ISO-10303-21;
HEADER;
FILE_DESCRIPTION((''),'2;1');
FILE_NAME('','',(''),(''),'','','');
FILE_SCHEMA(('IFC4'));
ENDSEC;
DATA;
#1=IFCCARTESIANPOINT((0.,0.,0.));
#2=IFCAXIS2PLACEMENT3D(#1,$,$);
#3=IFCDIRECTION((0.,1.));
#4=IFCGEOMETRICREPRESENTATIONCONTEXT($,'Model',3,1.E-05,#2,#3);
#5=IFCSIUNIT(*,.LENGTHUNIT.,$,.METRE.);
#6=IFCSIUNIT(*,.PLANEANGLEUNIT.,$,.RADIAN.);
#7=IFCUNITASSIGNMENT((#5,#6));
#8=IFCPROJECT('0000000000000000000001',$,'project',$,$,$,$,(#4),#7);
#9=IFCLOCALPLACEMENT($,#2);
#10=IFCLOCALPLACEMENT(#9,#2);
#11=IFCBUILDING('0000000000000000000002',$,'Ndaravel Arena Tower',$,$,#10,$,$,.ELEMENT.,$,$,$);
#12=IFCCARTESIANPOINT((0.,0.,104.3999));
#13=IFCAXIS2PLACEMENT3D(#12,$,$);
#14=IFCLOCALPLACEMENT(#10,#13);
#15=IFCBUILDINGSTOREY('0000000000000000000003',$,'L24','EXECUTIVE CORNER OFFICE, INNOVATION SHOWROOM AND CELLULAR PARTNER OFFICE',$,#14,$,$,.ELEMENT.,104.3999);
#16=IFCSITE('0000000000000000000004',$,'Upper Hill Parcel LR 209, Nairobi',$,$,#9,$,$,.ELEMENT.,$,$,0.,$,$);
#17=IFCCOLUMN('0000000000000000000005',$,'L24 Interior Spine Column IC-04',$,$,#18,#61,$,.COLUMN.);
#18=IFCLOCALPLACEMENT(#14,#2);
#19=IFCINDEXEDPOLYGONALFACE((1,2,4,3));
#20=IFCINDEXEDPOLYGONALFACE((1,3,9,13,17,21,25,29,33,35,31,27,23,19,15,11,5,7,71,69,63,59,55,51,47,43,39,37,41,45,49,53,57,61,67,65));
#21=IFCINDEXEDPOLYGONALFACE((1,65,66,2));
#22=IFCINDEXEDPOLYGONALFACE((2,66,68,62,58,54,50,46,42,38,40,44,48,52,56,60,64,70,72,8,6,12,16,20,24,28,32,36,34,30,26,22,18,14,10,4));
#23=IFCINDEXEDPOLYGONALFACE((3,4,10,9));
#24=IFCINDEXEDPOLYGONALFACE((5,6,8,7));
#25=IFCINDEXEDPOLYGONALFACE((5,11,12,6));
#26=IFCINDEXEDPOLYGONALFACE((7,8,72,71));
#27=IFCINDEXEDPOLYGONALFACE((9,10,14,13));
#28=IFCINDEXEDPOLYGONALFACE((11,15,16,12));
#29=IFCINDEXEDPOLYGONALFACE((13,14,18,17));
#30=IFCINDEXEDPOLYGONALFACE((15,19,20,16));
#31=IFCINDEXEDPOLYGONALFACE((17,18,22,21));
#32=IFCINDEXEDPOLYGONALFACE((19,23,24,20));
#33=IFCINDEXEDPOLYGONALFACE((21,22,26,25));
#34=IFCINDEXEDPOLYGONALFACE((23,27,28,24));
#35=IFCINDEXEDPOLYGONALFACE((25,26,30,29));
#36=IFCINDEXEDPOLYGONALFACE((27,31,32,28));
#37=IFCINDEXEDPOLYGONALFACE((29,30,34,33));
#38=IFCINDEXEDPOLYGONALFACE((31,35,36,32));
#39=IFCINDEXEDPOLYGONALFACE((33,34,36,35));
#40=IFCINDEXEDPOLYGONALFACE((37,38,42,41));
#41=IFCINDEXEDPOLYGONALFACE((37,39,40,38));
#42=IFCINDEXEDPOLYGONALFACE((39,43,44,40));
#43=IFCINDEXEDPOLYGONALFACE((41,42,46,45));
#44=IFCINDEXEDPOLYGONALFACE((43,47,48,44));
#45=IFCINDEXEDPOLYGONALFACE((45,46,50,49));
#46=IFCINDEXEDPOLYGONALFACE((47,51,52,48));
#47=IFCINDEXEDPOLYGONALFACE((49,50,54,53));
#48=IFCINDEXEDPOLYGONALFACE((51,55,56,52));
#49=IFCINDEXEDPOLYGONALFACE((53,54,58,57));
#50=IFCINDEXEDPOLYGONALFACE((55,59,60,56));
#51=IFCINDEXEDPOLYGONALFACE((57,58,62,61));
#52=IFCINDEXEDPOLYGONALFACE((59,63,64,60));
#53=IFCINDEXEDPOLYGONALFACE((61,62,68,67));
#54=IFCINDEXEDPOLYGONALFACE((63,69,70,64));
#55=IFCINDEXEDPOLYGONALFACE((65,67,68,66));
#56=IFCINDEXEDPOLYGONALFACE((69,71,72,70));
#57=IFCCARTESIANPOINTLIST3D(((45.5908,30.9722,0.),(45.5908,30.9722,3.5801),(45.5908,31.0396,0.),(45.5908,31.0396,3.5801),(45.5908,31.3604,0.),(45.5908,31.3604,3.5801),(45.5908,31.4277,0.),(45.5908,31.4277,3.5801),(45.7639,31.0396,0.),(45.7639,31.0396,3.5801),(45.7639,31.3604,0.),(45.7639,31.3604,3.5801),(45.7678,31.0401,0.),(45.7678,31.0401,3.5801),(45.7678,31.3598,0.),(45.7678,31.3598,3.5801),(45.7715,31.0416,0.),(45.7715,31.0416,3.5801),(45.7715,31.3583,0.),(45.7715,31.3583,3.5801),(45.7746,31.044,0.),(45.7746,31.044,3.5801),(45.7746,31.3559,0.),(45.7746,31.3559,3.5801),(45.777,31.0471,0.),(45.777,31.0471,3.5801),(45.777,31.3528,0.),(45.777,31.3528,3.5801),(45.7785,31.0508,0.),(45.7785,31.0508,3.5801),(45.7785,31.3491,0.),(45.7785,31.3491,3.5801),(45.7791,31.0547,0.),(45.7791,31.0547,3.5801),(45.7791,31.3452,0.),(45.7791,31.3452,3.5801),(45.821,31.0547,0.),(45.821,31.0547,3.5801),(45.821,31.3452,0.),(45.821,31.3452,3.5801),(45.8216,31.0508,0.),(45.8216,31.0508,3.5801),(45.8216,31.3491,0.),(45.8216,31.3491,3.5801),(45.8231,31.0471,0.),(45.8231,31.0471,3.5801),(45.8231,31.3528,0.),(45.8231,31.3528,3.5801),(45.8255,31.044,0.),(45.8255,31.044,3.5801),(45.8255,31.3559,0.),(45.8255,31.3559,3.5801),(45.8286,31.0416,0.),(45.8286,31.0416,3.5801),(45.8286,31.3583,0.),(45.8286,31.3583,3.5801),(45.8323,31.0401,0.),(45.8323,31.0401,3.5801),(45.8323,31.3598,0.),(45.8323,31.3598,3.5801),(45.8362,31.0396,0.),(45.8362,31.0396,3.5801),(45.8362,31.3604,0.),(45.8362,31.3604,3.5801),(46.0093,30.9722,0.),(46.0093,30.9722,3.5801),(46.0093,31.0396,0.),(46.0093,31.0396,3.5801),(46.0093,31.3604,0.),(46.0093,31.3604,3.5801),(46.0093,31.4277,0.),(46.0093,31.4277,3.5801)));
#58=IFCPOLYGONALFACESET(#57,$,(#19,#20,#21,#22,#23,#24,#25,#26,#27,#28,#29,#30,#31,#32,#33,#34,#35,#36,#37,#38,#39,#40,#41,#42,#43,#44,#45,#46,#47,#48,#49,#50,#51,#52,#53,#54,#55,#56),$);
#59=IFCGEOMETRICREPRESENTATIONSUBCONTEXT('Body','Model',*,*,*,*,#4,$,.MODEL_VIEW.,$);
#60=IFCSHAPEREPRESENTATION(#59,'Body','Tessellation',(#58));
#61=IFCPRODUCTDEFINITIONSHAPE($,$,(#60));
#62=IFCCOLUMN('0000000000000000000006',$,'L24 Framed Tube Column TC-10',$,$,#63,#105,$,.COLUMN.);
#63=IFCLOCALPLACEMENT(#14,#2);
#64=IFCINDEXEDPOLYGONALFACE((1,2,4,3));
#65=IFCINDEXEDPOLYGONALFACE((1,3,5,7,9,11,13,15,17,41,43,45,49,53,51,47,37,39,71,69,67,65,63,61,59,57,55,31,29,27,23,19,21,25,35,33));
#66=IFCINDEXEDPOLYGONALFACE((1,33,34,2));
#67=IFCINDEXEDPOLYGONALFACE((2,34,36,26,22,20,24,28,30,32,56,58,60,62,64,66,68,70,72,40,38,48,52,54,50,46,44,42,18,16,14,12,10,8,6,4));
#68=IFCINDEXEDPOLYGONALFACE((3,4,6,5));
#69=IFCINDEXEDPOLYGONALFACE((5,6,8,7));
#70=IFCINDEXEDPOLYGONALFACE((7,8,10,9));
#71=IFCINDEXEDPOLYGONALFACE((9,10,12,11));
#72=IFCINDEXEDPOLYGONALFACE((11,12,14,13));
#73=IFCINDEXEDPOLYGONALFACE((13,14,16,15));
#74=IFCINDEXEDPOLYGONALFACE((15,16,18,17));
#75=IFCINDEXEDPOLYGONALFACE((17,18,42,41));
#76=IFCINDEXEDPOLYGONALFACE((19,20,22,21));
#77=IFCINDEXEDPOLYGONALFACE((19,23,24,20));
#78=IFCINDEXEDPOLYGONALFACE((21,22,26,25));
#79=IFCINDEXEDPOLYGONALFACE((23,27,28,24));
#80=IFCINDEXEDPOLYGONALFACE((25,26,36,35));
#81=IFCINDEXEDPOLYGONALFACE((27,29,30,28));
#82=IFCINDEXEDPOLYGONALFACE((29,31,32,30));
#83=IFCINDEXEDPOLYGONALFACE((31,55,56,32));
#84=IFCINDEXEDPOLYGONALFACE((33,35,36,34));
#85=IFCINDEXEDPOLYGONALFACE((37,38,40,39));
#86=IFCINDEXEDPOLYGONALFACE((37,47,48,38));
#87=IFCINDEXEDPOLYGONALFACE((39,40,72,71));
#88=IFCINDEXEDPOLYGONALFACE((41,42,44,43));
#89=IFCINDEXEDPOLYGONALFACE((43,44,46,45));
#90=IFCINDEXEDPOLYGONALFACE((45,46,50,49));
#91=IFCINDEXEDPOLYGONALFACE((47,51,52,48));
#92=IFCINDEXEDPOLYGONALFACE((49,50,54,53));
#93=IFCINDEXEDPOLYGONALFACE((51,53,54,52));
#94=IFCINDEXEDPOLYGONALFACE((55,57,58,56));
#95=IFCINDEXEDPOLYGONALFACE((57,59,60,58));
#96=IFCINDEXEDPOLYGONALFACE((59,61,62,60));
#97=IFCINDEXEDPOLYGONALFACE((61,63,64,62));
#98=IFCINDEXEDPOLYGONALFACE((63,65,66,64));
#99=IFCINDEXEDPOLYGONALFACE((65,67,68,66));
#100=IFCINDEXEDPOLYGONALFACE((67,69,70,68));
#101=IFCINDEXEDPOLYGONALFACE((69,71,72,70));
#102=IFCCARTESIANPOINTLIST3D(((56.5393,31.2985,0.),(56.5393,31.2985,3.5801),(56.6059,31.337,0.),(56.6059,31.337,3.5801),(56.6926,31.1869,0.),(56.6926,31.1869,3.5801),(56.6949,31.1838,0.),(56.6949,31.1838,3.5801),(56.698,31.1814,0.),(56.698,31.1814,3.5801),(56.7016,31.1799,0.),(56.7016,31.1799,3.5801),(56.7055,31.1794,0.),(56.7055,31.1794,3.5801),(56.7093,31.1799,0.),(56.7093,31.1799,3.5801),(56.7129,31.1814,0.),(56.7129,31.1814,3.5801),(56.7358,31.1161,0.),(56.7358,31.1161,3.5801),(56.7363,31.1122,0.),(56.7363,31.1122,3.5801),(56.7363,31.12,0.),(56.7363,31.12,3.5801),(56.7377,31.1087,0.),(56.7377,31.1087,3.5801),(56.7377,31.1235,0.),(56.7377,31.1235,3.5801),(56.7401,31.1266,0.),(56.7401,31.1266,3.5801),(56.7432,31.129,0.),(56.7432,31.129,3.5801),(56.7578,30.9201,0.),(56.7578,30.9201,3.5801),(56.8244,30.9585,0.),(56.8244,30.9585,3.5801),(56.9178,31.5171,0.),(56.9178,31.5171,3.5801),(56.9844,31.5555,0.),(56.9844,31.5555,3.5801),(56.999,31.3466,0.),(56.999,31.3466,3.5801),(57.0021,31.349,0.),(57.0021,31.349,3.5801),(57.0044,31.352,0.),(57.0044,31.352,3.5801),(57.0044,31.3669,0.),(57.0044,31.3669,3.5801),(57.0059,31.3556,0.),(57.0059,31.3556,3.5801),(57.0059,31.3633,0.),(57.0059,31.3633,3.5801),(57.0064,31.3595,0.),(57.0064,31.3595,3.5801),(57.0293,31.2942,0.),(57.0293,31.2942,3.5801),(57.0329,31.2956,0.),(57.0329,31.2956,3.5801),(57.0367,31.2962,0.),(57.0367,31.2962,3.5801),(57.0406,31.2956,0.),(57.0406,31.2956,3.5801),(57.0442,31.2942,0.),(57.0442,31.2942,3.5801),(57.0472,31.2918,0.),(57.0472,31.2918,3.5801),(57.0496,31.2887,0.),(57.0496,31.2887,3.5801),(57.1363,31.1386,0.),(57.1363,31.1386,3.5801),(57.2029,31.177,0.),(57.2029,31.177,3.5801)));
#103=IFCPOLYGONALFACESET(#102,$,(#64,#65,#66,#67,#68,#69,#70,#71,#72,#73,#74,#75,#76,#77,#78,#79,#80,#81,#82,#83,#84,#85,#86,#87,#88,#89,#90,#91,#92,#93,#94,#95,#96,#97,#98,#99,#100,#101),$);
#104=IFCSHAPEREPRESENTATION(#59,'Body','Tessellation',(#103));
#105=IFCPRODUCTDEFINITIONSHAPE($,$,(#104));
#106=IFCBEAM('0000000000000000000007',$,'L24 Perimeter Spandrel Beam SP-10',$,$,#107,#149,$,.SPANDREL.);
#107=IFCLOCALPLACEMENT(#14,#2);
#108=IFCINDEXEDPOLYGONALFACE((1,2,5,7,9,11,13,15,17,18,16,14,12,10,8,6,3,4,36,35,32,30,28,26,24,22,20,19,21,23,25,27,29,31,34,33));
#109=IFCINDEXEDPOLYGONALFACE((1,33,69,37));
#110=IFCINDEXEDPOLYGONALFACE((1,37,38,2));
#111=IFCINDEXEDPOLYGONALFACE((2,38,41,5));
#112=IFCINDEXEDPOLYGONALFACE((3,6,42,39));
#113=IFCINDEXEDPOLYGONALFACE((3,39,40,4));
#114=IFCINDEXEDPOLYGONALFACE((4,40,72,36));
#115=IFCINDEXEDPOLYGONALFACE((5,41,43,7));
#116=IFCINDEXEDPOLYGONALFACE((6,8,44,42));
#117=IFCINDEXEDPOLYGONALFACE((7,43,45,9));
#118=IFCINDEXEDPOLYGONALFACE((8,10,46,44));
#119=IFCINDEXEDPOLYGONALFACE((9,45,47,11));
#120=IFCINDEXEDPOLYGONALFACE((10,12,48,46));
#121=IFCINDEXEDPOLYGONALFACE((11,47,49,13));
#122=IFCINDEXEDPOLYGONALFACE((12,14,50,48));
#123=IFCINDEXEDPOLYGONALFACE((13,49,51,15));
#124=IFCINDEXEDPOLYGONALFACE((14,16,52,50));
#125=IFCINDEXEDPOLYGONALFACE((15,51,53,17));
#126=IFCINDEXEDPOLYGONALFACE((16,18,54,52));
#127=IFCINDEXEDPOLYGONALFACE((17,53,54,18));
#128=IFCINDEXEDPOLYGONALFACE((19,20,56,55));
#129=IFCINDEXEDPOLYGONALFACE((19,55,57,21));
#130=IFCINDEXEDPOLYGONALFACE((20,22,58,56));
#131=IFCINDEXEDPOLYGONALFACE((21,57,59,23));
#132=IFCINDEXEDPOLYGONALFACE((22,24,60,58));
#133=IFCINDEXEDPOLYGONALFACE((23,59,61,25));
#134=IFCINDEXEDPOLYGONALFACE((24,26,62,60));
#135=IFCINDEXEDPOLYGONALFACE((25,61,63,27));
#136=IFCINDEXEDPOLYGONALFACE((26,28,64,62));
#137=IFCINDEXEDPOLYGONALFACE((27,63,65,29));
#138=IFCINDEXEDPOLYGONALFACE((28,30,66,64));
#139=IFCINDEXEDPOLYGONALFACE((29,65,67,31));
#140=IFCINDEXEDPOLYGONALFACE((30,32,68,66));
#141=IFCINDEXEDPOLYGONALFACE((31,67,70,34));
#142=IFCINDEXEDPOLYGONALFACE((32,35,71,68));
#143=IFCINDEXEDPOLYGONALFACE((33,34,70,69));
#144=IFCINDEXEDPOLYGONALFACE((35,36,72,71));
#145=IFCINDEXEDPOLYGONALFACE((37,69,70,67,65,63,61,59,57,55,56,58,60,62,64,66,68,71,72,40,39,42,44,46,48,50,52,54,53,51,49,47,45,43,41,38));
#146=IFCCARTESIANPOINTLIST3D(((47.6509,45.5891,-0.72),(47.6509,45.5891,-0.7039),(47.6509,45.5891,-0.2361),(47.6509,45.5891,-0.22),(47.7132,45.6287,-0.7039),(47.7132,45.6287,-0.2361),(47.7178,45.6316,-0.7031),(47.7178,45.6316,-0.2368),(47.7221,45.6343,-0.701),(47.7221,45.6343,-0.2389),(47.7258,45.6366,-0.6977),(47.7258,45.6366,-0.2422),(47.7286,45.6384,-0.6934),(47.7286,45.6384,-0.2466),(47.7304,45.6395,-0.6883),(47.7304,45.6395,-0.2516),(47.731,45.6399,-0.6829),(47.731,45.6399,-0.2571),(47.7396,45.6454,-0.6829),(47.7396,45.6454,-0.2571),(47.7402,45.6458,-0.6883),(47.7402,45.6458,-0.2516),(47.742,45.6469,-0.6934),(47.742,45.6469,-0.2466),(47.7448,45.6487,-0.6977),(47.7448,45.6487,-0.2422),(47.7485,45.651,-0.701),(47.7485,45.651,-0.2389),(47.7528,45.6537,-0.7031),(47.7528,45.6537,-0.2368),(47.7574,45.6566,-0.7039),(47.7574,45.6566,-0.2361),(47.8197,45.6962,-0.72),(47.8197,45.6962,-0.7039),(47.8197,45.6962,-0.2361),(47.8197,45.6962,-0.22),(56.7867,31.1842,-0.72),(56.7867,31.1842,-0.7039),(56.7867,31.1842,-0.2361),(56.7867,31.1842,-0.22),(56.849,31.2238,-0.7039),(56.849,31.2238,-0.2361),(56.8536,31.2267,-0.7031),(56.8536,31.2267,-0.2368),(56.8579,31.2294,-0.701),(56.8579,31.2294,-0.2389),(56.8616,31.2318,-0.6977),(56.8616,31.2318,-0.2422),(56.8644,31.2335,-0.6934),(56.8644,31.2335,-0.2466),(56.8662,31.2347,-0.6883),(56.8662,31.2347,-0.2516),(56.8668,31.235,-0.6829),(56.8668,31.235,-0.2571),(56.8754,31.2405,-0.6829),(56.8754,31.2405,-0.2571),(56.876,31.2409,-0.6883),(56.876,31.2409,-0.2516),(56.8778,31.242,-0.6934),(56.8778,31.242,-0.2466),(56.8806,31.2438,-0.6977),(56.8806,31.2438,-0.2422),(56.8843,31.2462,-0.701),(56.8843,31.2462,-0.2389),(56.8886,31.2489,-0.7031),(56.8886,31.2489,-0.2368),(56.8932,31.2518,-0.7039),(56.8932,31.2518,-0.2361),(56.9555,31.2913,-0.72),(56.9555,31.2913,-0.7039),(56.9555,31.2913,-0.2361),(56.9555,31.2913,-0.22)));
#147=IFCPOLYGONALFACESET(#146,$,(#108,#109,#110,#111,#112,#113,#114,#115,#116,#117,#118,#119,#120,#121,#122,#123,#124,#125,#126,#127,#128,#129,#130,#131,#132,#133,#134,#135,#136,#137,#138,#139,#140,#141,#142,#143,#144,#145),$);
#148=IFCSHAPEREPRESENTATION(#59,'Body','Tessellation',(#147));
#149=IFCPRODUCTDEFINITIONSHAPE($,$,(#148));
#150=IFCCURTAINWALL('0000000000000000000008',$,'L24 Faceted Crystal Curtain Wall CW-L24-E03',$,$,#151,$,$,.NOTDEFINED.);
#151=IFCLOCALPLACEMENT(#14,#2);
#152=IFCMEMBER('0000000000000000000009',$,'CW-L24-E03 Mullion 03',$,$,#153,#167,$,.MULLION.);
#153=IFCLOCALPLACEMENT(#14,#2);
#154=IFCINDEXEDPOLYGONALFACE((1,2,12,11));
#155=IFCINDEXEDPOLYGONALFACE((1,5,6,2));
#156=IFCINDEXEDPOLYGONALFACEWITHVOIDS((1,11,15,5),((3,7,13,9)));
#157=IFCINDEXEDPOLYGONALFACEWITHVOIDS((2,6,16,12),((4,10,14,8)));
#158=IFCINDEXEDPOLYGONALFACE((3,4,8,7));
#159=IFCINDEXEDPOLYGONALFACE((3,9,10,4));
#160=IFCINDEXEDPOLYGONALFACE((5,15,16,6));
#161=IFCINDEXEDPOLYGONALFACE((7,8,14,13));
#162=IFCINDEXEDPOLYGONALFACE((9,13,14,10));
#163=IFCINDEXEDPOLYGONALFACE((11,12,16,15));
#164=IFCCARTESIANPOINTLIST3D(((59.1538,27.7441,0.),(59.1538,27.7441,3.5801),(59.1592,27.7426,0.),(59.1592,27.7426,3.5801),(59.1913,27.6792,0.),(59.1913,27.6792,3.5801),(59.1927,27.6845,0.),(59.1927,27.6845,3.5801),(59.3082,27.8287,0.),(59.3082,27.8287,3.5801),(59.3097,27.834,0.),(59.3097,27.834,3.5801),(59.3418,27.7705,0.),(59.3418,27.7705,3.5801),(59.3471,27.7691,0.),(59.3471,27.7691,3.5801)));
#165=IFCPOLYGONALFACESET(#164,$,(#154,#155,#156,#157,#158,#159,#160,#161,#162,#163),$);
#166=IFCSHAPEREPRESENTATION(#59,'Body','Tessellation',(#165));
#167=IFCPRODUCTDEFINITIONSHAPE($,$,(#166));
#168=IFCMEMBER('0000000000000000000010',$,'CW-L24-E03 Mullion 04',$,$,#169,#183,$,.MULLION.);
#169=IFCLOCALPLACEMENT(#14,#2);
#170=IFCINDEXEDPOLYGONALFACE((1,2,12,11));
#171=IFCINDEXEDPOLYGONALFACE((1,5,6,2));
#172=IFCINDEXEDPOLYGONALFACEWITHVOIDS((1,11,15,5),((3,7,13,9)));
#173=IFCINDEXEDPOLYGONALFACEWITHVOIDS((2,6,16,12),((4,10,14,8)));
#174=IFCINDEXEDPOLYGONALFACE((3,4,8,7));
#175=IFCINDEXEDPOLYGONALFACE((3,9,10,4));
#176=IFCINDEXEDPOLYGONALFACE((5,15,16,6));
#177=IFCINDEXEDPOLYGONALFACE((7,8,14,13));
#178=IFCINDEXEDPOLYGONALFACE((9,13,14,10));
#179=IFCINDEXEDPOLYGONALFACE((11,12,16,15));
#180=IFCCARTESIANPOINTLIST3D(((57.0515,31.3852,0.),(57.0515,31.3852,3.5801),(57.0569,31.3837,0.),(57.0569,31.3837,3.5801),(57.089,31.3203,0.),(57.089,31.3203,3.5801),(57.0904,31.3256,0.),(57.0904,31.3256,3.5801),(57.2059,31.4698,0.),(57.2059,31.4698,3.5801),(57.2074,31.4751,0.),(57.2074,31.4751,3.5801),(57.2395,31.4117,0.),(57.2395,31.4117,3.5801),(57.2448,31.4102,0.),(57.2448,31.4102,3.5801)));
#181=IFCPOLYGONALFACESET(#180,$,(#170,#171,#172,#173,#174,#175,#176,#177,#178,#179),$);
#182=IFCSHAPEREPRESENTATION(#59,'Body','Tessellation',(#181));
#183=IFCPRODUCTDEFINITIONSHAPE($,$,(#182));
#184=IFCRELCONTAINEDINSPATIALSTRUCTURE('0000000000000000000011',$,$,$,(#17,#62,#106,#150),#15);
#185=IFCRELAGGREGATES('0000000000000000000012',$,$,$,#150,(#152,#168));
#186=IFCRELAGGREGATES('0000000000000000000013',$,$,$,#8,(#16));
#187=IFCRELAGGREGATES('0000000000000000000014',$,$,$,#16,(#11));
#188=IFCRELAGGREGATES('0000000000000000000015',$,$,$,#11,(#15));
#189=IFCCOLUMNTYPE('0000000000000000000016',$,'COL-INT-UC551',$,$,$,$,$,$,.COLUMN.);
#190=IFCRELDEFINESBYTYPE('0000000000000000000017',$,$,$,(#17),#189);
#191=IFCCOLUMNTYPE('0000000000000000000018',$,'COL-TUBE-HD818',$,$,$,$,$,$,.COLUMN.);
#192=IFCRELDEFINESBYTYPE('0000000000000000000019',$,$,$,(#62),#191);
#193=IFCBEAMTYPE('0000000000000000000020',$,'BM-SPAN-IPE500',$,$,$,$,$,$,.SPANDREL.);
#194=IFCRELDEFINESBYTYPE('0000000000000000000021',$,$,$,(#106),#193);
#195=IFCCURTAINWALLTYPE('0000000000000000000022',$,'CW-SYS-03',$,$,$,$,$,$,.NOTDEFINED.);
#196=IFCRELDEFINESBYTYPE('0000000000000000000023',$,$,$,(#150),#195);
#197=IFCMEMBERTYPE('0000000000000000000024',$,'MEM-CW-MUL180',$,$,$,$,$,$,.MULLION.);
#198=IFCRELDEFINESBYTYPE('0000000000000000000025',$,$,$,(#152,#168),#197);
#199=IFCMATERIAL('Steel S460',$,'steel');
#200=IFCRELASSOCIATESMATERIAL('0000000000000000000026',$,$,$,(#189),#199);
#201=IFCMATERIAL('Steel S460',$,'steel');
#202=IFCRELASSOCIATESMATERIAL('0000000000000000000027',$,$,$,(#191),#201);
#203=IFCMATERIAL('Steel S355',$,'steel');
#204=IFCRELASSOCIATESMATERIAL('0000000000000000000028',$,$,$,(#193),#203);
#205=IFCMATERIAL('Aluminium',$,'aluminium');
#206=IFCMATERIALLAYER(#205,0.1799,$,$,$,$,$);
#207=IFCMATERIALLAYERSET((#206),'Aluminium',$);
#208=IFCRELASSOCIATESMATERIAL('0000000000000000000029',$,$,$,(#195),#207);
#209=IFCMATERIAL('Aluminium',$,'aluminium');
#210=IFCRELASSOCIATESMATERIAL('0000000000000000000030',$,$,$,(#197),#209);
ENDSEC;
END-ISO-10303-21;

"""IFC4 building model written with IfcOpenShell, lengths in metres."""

from ifc_helpers import new_model, si_unit, direction, frame, origin, origin_2d, place, context, subcontext, project, spatial, hollow_rectangle, i_section, extrude, material, layer, layer_set, material_profile, profile_set, type_object, element, aggregate, save


model = new_model("IFC4")

# Units and contexts
model_context = context("Model", 3, precision=1e-05, world=origin(), true_north=direction((0.0, 1.0)))
body_context = subcontext(model_context, "Body", "Model", "MODEL_VIEW")
ifc_project = project(units=[si_unit("LENGTHUNIT", "METRE"), si_unit("PLANEANGLEUNIT", "RADIAN")], contexts=[model_context])

# Site, building, storey
site_placement = place(None, origin())
site = spatial("IfcSite", under=ifc_project, at=site_placement, Name="Upper Hill Parcel LR 209, Nairobi", CompositionType="ELEMENT", RefElevation=0.0)
building_placement = place(site_placement, origin())
building = spatial("IfcBuilding", under=site, at=building_placement, Name="Ndaravel Arena Tower", CompositionType="ELEMENT")
storey_placement = place(building_placement, frame((0.0, 0.0, 104.3999)))
storey = spatial("IfcBuildingStorey", under=building, at=storey_placement, Name="L24", Description="EXECUTIVE CORNER OFFICE, INNOVATION SHOWROOM AND CELLULAR PARTNER OFFICE", CompositionType="ELEMENT", Elevation=104.3999)

# Columns
ifc_material_1 = material(Name="Steel S460", Category="steel")
ifc_material_profile_1 = material_profile(ifc_material_1, i_section(OverallWidth=0.4185, OverallDepth=0.4556, WebThickness=0.042, FlangeThickness=0.0674, FilletRadius=0.0151, at=origin_2d()), Name="UC 356x406x551")
ifc_profile_set_1 = profile_set([ifc_material_profile_1], Name="Steel S460")
column_type_1 = type_object("IfcColumnType", Name="COL-INT-UC551", PredefinedType="COLUMN", material=ifc_profile_set_1)
column_1_placement = place(storey_placement, frame((45.8, 31.2, 0.0), z_axis=(0.0, 0.0, 1.0), x_axis=(1.0, 0.0, 0.0)))
element("IfcColumn", 1, at=column_1_placement, inside=storey, type_object=column_type_1, Name="L24 Interior Spine Column IC-04", PredefinedType="COLUMN", context=body_context, shape_type="SweptSolid", body=[
    extrude(i_section(OverallWidth=0.4185, OverallDepth=0.4556, WebThickness=0.042, FlangeThickness=0.0674, FilletRadius=0.0151, at=origin_2d()), origin(), (0.0, 0.0, 1.0), 3.5801),
])
ifc_material_2 = material(Name="Steel S460", Category="steel")
ifc_material_profile_2 = material_profile(ifc_material_2, i_section(OverallWidth=0.437, OverallDepth=0.5139, WebThickness=0.0605, FlangeThickness=0.0769, FilletRadius=0.0149, at=origin_2d()), Name="HD 400x818")
ifc_profile_set_2 = profile_set([ifc_material_profile_2], Name="Steel S460")
column_type_2 = type_object("IfcColumnType", Name="COL-TUBE-HD818", PredefinedType="COLUMN", material=ifc_profile_set_2)
column_2_placement = place(storey_placement, frame((56.8711, 31.2378, 0.0), z_axis=(0.0, 0.0, 1.0), x_axis=(-0.5, 0.866025, 0.0)))
element("IfcColumn", 2, at=column_2_placement, inside=storey, type_object=column_type_2, Name="L24 Framed Tube Column TC-10", PredefinedType="COLUMN", context=body_context, shape_type="SweptSolid", body=[
    extrude(i_section(OverallWidth=0.437, OverallDepth=0.5139, WebThickness=0.0605, FlangeThickness=0.0769, FilletRadius=0.0149, at=origin_2d()), origin(), (0.0, 0.0, 1.0), 3.5801),
])

# Beam
ifc_material_3 = material(Name="Steel S355", Category="steel")
ifc_material_profile_3 = material_profile(ifc_material_3, i_section(OverallWidth=0.2, OverallDepth=0.5, WebThickness=0.0103, FlangeThickness=0.0161, FilletRadius=0.021, at=origin_2d()), Name="IPE 500")
ifc_profile_set_3 = profile_set([ifc_material_profile_3], Name="Steel S355")
beam_type = type_object("IfcBeamType", Name="BM-SPAN-IPE500", PredefinedType="SPANDREL", material=ifc_profile_set_3)
beam_placement = place(storey_placement, frame((56.8711, 31.2378, -0.47), z_axis=(-0.535584, 0.844482, 0.0), x_axis=(-0.844482, -0.535584, 0.0)))
element("IfcBeam", 3, at=beam_placement, inside=storey, type_object=beam_type, Name="L24 Perimeter Spandrel Beam SP-10", PredefinedType="SPANDREL", context=body_context, shape_type="SweptSolid", body=[
    extrude(i_section(OverallWidth=0.2, OverallDepth=0.5, WebThickness=0.0103, FlangeThickness=0.0161, FilletRadius=0.021, at=origin_2d()), origin(), (0.0, 0.0, 1.0), 17.0576),
])

# Curtain wall, members
ifc_material_4 = material(Name="Aluminium", Category="aluminium")
ifc_layer_1 = layer(ifc_material_4, 0.1799)
ifc_layer_set_1 = layer_set([ifc_layer_1], Name="Aluminium")
curtain_wall_type = type_object("IfcCurtainWallType", Name="CW-SYS-03", PredefinedType="NOTDEFINED", material=ifc_layer_set_1)
curtain_wall_placement = place(storey_placement, origin())
curtain_wall = element("IfcCurtainWall", 4, at=curtain_wall_placement, inside=storey, type_object=curtain_wall_type, Name="L24 Faceted Crystal Curtain Wall CW-L24-E03", PredefinedType="NOTDEFINED")
ifc_material_5 = material(Name="Aluminium", Category="aluminium")
ifc_material_profile_4 = material_profile(ifc_material_5, hollow_rectangle(XDim=0.075, YDim=0.1799, WallThickness=0.0039, at=origin_2d()), Name="CW MULLION 75x180x4")
ifc_profile_set_4 = profile_set([ifc_material_profile_4], Name="Aluminium")
member_type = type_object("IfcMemberType", Name="MEM-CW-MUL180", PredefinedType="MULLION", material=ifc_profile_set_4)
member_1_placement = place(storey_placement, frame((59.2505, 27.7566, 0.0), z_axis=(0.0, 0.0, 1.0), x_axis=(-0.5, 0.866025, 0.0)))
member_1 = element("IfcMember", 5, at=member_1_placement, type_object=member_type, Name="CW-L24-E03 Mullion 03", PredefinedType="MULLION", context=body_context, shape_type="SweptSolid", body=[
    extrude(hollow_rectangle(XDim=0.075, YDim=0.1799, WallThickness=0.0039, at=origin_2d()), origin(), (0.0, 0.0, 1.0), 3.5801),
])
member_2_placement = place(storey_placement, frame((57.1482, 31.3977, 0.0), z_axis=(0.0, 0.0, 1.0), x_axis=(-0.5, 0.866025, 0.0)))
member_2 = element("IfcMember", 6, at=member_2_placement, type_object=member_type, Name="CW-L24-E03 Mullion 04", PredefinedType="MULLION", context=body_context, shape_type="SweptSolid", body=[
    extrude(hollow_rectangle(XDim=0.075, YDim=0.1799, WallThickness=0.0039, at=origin_2d()), origin(), (0.0, 0.0, 1.0), 3.5801),
])
aggregate(curtain_wall, [member_1, member_2])

save(model, "model.ifc")
